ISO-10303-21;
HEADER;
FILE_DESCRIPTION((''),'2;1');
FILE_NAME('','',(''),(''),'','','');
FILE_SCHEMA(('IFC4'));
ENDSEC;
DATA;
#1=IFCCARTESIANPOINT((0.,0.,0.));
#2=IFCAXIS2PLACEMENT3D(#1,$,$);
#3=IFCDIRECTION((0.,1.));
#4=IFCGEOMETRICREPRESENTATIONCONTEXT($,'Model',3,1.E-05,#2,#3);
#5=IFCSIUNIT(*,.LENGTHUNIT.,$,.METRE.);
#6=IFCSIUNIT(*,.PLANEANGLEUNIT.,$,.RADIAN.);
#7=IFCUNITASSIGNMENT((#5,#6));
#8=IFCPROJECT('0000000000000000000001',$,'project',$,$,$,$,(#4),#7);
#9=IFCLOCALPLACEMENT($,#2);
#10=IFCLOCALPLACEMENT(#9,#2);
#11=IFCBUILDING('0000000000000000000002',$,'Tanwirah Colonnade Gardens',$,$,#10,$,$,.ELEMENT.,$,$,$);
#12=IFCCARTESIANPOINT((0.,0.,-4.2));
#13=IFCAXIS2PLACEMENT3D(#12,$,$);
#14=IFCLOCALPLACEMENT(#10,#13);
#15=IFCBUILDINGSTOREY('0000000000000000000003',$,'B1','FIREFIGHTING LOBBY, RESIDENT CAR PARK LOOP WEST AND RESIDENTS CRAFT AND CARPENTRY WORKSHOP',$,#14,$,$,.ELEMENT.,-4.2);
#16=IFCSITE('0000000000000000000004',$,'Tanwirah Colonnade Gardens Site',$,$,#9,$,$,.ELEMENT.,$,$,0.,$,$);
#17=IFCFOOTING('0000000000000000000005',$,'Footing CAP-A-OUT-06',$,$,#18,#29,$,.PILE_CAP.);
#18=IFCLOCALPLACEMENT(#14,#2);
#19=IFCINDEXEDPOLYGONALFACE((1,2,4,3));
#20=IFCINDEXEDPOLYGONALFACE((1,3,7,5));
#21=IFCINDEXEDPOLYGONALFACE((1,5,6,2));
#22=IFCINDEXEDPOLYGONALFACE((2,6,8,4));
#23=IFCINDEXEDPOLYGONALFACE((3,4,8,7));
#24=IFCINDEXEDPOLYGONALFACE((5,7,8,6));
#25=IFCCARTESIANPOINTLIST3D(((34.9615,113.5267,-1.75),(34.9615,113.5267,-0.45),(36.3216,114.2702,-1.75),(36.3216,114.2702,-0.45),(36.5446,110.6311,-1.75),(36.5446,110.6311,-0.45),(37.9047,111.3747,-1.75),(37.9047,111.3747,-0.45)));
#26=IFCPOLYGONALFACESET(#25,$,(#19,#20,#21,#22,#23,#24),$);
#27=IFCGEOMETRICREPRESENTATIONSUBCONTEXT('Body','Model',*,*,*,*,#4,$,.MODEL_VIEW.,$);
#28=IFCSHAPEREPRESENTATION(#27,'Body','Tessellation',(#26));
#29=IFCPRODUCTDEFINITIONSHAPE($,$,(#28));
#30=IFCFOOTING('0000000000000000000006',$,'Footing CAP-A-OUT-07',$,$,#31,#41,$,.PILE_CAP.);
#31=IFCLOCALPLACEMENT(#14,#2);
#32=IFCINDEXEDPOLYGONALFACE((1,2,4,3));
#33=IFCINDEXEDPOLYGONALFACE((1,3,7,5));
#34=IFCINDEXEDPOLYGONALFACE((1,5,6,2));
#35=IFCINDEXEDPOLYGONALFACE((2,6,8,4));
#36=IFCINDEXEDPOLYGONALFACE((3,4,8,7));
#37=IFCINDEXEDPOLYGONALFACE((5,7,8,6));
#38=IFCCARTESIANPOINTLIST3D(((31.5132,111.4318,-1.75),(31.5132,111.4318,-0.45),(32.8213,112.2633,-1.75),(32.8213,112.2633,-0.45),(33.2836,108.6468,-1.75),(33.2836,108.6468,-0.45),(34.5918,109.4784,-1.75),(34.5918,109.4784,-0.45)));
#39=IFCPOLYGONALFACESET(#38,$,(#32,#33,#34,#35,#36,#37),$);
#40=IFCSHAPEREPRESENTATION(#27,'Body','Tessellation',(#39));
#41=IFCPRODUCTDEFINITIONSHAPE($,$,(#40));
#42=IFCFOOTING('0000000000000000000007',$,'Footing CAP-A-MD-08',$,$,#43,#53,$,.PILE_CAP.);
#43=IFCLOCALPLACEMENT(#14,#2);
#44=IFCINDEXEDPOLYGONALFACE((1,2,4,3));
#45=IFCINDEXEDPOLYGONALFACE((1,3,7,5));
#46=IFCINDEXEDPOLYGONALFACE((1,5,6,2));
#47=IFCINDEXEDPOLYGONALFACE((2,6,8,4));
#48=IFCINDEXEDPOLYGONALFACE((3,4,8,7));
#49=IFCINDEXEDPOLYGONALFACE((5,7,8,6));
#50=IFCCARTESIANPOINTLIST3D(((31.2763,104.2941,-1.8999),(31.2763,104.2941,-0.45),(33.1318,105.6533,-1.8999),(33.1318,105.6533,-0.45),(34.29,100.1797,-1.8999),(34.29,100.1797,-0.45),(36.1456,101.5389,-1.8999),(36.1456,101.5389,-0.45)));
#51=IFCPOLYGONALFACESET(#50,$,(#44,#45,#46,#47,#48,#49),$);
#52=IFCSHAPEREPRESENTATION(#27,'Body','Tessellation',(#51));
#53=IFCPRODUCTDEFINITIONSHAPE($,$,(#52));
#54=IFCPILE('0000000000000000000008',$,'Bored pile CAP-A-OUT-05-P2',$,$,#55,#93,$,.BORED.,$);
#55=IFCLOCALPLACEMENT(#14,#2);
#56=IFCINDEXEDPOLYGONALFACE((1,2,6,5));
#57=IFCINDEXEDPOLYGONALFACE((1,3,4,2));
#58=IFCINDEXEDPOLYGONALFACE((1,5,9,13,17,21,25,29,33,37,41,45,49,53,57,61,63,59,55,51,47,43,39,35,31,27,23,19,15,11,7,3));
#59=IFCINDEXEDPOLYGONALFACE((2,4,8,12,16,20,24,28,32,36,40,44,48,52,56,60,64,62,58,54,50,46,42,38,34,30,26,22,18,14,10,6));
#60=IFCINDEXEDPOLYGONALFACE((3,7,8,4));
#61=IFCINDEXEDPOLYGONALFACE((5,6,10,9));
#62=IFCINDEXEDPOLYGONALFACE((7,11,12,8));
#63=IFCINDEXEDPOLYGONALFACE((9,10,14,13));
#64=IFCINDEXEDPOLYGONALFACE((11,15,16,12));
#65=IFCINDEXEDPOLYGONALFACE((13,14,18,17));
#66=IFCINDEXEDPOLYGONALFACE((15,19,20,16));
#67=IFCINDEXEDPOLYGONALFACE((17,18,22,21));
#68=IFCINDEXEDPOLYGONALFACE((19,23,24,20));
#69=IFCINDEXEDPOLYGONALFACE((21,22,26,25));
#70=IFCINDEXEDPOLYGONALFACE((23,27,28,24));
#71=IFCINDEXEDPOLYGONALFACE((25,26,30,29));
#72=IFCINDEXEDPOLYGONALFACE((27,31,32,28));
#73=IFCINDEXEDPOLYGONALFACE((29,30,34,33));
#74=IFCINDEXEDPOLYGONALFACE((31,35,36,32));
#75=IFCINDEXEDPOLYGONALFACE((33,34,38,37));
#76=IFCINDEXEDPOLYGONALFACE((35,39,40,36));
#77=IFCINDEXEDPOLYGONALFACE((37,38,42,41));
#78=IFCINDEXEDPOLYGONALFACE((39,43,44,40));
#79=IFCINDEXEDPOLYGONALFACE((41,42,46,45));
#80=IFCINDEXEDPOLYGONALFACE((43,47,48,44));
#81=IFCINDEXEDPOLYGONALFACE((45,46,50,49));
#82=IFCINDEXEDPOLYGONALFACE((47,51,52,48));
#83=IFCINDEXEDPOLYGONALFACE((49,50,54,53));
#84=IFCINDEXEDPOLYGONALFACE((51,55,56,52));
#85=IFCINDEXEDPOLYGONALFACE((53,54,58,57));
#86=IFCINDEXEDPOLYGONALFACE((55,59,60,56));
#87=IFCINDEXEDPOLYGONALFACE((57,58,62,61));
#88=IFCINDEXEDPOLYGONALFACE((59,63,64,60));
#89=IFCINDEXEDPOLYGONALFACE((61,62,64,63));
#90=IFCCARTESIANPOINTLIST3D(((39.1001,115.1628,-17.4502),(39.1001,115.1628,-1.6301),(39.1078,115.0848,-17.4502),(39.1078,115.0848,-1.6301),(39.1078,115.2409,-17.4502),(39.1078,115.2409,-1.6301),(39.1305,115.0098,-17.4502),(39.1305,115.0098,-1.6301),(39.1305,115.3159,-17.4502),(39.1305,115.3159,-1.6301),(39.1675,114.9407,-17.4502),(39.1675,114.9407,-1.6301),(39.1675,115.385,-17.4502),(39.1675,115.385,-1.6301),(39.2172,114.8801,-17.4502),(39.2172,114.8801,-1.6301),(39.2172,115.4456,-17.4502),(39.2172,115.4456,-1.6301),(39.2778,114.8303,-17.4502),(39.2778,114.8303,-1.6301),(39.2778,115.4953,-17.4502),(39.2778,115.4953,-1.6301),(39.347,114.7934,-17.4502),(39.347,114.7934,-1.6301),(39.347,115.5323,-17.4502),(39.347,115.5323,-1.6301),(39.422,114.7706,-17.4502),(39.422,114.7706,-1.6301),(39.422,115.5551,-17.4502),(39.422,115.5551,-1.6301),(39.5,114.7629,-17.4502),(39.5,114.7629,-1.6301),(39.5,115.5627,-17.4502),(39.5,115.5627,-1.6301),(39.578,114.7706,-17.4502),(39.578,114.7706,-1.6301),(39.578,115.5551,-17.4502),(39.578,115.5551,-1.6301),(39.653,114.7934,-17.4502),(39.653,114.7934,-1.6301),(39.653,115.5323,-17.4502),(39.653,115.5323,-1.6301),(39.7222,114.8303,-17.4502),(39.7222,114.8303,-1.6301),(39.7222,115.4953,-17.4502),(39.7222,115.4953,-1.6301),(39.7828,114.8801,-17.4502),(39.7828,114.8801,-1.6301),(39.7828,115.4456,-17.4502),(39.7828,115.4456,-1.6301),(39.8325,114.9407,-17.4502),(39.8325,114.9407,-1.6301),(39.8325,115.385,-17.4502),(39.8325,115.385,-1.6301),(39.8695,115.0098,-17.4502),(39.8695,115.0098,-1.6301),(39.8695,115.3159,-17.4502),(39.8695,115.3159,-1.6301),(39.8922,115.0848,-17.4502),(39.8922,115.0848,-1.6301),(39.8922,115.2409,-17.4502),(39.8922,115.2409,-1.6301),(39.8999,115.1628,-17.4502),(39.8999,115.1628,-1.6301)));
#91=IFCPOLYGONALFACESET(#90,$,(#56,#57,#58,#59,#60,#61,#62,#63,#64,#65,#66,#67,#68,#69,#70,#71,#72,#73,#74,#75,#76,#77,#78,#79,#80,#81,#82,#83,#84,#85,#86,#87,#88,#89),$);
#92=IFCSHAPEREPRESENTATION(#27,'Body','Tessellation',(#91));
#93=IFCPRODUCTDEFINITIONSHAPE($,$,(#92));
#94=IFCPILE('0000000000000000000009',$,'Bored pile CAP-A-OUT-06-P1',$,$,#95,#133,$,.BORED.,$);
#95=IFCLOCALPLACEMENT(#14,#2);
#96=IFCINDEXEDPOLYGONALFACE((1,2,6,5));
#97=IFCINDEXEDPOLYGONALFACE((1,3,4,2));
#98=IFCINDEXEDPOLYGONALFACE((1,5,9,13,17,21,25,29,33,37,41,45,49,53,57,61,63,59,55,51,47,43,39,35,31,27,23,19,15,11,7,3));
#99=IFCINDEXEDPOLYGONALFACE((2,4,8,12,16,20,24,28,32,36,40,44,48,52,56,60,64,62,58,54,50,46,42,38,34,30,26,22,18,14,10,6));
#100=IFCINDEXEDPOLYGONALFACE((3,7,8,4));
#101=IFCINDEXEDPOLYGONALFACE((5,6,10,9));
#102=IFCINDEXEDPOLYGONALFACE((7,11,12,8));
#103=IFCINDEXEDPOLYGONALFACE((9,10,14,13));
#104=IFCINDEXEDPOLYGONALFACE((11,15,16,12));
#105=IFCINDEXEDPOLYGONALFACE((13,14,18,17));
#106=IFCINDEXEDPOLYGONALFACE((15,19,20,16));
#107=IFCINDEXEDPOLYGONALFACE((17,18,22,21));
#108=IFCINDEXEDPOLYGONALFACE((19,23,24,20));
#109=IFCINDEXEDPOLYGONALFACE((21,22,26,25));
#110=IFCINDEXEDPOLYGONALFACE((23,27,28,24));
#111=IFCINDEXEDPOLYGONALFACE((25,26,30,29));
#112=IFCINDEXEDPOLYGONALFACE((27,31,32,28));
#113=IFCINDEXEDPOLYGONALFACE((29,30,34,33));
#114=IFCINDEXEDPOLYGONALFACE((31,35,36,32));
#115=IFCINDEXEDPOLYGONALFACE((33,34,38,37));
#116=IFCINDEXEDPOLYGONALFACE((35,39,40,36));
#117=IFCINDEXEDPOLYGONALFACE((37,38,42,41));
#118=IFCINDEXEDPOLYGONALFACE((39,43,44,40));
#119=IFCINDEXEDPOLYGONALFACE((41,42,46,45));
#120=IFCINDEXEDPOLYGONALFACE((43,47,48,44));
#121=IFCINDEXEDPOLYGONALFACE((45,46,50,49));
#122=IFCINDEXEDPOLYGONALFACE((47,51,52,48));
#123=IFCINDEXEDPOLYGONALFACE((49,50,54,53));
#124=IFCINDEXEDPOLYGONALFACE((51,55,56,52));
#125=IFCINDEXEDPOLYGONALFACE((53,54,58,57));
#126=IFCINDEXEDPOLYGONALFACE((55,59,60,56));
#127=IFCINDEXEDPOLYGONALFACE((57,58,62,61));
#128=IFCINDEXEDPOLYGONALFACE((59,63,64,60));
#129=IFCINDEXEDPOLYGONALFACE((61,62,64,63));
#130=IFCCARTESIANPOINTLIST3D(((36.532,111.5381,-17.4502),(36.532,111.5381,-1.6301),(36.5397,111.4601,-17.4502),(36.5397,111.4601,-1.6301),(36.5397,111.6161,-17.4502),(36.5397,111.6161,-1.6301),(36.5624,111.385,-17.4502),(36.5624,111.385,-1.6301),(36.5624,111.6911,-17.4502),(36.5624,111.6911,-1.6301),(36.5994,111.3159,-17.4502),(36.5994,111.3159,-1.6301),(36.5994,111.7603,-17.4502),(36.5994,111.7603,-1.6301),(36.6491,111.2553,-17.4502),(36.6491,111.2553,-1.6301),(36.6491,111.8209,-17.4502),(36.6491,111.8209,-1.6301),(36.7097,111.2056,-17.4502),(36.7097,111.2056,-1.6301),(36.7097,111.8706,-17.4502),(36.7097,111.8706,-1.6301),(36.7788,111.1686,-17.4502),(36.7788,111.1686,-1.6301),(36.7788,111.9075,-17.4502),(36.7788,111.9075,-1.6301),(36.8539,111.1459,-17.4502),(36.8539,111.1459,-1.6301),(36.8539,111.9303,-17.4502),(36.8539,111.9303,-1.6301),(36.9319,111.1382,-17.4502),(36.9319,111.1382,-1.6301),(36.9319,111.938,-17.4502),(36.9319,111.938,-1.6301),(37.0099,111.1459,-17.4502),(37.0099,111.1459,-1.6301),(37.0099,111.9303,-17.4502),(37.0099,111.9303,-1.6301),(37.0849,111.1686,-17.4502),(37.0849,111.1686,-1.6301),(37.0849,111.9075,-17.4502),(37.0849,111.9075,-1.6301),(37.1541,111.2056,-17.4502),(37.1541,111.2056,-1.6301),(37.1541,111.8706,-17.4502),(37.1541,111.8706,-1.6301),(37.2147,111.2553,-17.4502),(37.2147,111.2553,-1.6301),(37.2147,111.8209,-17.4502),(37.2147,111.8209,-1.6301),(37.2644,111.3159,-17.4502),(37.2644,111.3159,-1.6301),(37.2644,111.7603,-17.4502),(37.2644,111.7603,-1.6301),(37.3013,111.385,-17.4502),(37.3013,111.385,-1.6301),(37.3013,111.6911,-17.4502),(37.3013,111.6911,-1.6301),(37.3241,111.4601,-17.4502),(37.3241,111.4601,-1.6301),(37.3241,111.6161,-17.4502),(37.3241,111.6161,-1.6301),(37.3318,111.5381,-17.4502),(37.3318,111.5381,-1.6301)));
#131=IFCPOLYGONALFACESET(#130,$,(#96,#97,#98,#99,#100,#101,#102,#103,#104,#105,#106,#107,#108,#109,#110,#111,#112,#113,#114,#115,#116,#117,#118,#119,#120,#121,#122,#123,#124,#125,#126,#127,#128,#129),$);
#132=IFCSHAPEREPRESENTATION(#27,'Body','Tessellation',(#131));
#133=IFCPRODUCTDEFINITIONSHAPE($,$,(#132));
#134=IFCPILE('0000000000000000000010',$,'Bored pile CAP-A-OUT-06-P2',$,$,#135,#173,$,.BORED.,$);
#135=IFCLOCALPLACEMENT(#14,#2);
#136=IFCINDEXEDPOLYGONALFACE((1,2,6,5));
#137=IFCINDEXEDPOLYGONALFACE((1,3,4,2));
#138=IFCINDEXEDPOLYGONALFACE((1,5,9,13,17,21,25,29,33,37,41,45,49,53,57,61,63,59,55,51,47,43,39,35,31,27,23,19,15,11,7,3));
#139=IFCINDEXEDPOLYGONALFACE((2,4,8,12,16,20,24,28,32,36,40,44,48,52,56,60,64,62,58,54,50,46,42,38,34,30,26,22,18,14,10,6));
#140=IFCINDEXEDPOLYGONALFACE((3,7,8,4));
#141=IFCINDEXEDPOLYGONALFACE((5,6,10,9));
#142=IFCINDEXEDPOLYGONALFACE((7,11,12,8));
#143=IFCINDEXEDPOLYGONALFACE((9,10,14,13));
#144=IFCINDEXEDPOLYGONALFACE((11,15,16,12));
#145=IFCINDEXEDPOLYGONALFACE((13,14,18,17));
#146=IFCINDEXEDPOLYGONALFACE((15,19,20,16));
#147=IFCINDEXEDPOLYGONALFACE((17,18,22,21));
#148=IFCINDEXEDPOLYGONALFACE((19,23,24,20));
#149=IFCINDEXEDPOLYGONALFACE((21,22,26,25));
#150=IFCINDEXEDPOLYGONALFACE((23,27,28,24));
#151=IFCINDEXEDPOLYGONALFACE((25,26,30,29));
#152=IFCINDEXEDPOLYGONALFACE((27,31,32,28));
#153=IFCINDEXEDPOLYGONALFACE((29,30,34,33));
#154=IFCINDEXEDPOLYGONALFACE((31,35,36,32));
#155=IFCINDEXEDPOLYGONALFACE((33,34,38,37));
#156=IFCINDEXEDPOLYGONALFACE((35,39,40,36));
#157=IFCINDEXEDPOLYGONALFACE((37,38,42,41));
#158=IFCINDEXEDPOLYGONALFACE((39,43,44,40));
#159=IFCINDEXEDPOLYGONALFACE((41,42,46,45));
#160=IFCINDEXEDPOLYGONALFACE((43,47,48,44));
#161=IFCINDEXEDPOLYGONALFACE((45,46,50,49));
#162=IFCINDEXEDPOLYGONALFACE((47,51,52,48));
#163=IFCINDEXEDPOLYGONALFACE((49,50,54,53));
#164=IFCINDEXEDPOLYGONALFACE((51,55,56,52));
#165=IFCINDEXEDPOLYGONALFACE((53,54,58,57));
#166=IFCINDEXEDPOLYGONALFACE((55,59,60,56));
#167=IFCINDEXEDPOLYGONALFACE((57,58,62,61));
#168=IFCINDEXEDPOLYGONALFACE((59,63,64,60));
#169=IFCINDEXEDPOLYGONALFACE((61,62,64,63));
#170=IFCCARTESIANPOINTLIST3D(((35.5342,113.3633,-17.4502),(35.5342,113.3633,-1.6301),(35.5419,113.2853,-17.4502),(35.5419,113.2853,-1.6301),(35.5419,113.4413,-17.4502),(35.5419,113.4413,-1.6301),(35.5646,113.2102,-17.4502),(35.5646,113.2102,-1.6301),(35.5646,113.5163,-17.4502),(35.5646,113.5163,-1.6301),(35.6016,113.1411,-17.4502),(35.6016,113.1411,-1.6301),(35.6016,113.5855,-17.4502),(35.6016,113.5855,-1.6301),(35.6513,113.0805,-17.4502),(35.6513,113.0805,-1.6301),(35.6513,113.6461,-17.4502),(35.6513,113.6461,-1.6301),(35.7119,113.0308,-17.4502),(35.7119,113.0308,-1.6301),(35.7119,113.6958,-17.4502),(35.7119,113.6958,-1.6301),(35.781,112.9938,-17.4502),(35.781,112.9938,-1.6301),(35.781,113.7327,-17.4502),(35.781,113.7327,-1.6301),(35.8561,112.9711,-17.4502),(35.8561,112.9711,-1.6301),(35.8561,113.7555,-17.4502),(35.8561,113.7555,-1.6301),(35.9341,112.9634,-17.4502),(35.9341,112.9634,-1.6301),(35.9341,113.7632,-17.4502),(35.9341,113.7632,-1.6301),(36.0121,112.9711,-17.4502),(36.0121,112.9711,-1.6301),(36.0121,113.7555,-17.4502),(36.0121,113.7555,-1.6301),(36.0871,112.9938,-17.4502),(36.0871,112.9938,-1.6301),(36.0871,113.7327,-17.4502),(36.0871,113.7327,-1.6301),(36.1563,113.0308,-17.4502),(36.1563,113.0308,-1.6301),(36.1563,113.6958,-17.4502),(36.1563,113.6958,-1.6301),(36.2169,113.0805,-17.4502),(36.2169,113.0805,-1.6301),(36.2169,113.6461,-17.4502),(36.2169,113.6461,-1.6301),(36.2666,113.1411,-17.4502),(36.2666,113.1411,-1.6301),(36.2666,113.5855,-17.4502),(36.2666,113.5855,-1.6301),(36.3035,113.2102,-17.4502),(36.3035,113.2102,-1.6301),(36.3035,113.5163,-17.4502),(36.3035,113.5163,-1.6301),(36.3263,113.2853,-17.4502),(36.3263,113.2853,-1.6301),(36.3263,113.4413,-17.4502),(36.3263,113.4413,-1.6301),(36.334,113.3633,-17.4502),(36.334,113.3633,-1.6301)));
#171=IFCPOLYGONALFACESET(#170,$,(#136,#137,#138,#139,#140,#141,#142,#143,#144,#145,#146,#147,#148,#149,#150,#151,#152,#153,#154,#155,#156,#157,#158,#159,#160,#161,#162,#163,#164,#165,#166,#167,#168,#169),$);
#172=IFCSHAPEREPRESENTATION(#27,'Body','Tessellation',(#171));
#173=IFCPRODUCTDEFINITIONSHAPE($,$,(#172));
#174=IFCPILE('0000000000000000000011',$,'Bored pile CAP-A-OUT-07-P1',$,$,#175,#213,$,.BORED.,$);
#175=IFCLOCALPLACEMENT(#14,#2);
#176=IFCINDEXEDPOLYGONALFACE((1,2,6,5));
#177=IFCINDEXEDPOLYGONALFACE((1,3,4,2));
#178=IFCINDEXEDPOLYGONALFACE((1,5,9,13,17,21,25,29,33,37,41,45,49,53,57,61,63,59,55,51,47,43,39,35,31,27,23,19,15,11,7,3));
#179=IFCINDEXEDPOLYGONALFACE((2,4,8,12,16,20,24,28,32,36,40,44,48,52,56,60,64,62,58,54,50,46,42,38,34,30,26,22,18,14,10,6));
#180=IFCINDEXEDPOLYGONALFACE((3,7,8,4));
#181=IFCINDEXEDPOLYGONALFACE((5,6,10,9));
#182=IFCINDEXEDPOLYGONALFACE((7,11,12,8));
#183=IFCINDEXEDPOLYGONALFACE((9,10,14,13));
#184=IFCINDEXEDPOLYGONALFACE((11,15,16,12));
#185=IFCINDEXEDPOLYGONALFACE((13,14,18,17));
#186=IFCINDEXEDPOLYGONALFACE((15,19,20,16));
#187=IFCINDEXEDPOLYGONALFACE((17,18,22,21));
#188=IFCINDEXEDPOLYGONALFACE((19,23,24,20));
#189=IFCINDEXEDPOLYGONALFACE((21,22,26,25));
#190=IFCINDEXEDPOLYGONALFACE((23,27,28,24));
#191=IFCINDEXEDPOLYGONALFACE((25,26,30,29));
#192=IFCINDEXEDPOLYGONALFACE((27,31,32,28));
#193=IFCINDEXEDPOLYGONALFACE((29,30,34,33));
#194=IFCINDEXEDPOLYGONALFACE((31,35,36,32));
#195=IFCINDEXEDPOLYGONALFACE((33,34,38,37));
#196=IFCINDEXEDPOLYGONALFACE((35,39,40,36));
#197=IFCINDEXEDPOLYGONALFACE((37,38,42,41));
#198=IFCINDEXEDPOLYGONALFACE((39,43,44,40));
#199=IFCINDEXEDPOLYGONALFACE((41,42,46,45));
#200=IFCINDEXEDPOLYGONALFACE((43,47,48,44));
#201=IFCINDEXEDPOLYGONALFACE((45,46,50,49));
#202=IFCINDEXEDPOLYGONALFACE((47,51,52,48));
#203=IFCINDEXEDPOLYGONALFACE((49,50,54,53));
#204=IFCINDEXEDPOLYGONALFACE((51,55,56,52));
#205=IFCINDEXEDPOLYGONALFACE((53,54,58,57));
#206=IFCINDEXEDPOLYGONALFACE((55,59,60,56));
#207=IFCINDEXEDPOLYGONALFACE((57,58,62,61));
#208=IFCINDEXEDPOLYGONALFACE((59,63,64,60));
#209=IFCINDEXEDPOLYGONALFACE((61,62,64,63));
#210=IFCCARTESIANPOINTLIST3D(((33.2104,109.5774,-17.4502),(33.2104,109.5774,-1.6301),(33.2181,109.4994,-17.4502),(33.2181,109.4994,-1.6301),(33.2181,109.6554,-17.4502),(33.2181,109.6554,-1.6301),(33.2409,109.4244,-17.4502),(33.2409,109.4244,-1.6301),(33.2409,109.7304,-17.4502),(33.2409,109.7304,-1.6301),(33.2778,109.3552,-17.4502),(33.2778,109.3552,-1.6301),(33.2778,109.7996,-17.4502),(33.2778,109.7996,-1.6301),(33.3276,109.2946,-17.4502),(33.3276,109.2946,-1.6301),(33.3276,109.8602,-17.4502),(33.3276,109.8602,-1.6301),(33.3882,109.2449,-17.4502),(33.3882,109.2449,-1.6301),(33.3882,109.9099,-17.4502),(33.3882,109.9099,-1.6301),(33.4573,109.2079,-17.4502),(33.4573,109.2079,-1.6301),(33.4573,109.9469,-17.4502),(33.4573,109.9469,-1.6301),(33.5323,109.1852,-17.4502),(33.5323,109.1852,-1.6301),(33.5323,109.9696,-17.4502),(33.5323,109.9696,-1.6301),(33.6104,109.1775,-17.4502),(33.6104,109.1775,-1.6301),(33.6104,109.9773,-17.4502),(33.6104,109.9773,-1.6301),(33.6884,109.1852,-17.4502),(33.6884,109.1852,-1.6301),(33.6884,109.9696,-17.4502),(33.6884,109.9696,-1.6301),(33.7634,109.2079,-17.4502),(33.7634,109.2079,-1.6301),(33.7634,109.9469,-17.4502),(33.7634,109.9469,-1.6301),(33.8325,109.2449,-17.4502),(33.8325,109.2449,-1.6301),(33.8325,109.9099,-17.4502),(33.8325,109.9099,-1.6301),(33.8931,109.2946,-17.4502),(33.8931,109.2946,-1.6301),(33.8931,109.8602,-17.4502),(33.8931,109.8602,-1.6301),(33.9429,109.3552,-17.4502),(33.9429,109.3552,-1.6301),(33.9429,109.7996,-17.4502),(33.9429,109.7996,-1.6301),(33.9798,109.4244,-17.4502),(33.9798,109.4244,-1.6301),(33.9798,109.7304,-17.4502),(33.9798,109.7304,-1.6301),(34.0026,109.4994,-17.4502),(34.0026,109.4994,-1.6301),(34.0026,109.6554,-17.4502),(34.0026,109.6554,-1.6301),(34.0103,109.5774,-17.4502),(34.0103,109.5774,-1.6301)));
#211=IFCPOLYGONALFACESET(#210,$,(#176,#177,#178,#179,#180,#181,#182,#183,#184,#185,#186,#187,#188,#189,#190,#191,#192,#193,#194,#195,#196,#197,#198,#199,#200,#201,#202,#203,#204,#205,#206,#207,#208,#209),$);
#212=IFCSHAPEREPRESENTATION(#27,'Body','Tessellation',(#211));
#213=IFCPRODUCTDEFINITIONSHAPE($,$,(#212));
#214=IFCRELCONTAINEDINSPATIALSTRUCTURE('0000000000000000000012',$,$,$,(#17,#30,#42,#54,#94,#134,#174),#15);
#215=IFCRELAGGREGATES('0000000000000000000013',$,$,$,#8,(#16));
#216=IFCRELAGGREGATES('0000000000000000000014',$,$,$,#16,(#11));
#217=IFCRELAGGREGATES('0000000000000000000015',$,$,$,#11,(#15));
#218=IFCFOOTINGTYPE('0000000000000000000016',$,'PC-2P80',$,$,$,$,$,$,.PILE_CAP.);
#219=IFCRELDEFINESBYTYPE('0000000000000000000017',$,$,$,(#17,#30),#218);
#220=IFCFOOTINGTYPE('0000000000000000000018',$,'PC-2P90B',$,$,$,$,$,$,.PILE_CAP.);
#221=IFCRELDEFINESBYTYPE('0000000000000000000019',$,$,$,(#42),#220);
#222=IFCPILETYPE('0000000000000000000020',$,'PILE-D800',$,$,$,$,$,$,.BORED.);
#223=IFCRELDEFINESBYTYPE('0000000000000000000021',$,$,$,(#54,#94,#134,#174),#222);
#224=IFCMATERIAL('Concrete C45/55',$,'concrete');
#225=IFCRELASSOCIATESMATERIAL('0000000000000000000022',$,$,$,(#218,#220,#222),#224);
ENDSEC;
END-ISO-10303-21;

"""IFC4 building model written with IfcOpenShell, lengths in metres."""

from ifc_helpers import new_model, si_unit, direction, frame, origin, origin_2d, place, context, subcontext, project, spatial, rectangle, circle, extrude, material, material_profile, profile_set, type_object, element, save


model = new_model("IFC4")

# Units and contexts
model_context = context("Model", 3, precision=1e-05, world=origin(), true_north=direction((0.0, 1.0)))
body_context = subcontext(model_context, "Body", "Model", "MODEL_VIEW")
ifc_project = project(units=[si_unit("LENGTHUNIT", "METRE"), si_unit("PLANEANGLEUNIT", "RADIAN")], contexts=[model_context])

# Site, building, storey
site_placement = place(None, origin())
site = spatial("IfcSite", under=ifc_project, at=site_placement, Name="Tanwirah Colonnade Gardens Site", CompositionType="ELEMENT", RefElevation=0.0)
building_placement = place(site_placement, origin())
building = spatial("IfcBuilding", under=site, at=building_placement, Name="Tanwirah Colonnade Gardens", CompositionType="ELEMENT")
storey_placement = place(building_placement, frame((0.0, 0.0, -4.2)))
storey = spatial("IfcBuildingStorey", under=building, at=storey_placement, Name="B1", Description="FIREFIGHTING LOBBY, RESIDENT CAR PARK LOOP WEST AND RESIDENTS CRAFT AND CARPENTRY WORKSHOP", CompositionType="ELEMENT", Elevation=-4.2)

# Footings
ifc_material_1 = material(Name="Concrete C45/55", Category="concrete")
footing_type_1 = type_object("IfcFootingType", Name="PC-2P80", PredefinedType="PILE_CAP", material=ifc_material_1)
for number, where, z_axis, x_axis, name in (
    (1, (36.4331, 112.4507, -1.75), (0.0, 0.0, 1.0), (-0.479713, 0.877425, 0.0), "Footing CAP-A-OUT-06"),
    (2, (33.0525, 110.4551, -1.75), (0.0, 0.0, 1.0), (-0.536482, 0.843912, 0.0), "Footing CAP-A-OUT-07"),
):
    element("IfcFooting", number, at=place(storey_placement, frame(where, z_axis=z_axis, x_axis=x_axis)), inside=storey, type_object=footing_type_1, Name=name, PredefinedType="PILE_CAP", context=body_context, shape_type="SweptSolid", body=[
        extrude(rectangle(XDim=3.3, YDim=1.55, at=origin_2d()), origin(), (0.0, 0.0, 1.0), 1.3),
    ])
footing_type_2 = type_object("IfcFootingType", Name="PC-2P90B", PredefinedType="PILE_CAP", material=ifc_material_1)
footing_placement = place(storey_placement, frame((33.7109, 102.9165, -1.8999), z_axis=(0.0, 0.0, 1.0), x_axis=(-0.590919, 0.806731, 0.0)))
element("IfcFooting", 3, at=footing_placement, inside=storey, type_object=footing_type_2, Name="Footing CAP-A-MD-08", PredefinedType="PILE_CAP", context=body_context, shape_type="SweptSolid", body=[
    extrude(rectangle(XDim=5.1001, YDim=2.3, at=origin_2d()), origin(), (0.0, 0.0, 1.0), 1.45),
])

# Piles
ifc_material_profile_1 = material_profile(ifc_material_1, circle(Radius=0.3999, at=origin_2d()), Name="PILE D800")
ifc_profile_set_1 = profile_set([ifc_material_profile_1], Name="Concrete C45/55")
pile_type_1 = type_object("IfcPileType", Name="PILE-D800", PredefinedType="BORED", material=ifc_profile_set_1)
for number, where, z_axis, x_axis, name in (
    (4, (39.5, 115.1628, -1.6301), (0.0, 0.0, -1.0), (1.0, 0.0, 0.0), "Bored pile CAP-A-OUT-05-P2"),
    (5, (36.9319, 111.5381, -1.6301), (0.0, 0.0, -1.0), (1.0, 0.0, 0.0), "Bored pile CAP-A-OUT-06-P1"),
    (6, (35.9341, 113.3633, -1.6301), (0.0, 0.0, -1.0), (1.0, 0.0, 0.0), "Bored pile CAP-A-OUT-06-P2"),
    (7, (33.6104, 109.5774, -1.6301), (0.0, 0.0, -1.0), (1.0, 0.0, 0.0), "Bored pile CAP-A-OUT-07-P1"),
):
    element("IfcPile", number, at=place(storey_placement, frame(where, z_axis=z_axis, x_axis=x_axis)), inside=storey, type_object=pile_type_1, Name=name, PredefinedType="BORED", context=body_context, shape_type="SweptSolid", body=[
        extrude(circle(Radius=0.3999, at=origin_2d()), origin(), (0.0, 0.0, 1.0), 15.8201),
    ])

save(model, "model.ifc")
